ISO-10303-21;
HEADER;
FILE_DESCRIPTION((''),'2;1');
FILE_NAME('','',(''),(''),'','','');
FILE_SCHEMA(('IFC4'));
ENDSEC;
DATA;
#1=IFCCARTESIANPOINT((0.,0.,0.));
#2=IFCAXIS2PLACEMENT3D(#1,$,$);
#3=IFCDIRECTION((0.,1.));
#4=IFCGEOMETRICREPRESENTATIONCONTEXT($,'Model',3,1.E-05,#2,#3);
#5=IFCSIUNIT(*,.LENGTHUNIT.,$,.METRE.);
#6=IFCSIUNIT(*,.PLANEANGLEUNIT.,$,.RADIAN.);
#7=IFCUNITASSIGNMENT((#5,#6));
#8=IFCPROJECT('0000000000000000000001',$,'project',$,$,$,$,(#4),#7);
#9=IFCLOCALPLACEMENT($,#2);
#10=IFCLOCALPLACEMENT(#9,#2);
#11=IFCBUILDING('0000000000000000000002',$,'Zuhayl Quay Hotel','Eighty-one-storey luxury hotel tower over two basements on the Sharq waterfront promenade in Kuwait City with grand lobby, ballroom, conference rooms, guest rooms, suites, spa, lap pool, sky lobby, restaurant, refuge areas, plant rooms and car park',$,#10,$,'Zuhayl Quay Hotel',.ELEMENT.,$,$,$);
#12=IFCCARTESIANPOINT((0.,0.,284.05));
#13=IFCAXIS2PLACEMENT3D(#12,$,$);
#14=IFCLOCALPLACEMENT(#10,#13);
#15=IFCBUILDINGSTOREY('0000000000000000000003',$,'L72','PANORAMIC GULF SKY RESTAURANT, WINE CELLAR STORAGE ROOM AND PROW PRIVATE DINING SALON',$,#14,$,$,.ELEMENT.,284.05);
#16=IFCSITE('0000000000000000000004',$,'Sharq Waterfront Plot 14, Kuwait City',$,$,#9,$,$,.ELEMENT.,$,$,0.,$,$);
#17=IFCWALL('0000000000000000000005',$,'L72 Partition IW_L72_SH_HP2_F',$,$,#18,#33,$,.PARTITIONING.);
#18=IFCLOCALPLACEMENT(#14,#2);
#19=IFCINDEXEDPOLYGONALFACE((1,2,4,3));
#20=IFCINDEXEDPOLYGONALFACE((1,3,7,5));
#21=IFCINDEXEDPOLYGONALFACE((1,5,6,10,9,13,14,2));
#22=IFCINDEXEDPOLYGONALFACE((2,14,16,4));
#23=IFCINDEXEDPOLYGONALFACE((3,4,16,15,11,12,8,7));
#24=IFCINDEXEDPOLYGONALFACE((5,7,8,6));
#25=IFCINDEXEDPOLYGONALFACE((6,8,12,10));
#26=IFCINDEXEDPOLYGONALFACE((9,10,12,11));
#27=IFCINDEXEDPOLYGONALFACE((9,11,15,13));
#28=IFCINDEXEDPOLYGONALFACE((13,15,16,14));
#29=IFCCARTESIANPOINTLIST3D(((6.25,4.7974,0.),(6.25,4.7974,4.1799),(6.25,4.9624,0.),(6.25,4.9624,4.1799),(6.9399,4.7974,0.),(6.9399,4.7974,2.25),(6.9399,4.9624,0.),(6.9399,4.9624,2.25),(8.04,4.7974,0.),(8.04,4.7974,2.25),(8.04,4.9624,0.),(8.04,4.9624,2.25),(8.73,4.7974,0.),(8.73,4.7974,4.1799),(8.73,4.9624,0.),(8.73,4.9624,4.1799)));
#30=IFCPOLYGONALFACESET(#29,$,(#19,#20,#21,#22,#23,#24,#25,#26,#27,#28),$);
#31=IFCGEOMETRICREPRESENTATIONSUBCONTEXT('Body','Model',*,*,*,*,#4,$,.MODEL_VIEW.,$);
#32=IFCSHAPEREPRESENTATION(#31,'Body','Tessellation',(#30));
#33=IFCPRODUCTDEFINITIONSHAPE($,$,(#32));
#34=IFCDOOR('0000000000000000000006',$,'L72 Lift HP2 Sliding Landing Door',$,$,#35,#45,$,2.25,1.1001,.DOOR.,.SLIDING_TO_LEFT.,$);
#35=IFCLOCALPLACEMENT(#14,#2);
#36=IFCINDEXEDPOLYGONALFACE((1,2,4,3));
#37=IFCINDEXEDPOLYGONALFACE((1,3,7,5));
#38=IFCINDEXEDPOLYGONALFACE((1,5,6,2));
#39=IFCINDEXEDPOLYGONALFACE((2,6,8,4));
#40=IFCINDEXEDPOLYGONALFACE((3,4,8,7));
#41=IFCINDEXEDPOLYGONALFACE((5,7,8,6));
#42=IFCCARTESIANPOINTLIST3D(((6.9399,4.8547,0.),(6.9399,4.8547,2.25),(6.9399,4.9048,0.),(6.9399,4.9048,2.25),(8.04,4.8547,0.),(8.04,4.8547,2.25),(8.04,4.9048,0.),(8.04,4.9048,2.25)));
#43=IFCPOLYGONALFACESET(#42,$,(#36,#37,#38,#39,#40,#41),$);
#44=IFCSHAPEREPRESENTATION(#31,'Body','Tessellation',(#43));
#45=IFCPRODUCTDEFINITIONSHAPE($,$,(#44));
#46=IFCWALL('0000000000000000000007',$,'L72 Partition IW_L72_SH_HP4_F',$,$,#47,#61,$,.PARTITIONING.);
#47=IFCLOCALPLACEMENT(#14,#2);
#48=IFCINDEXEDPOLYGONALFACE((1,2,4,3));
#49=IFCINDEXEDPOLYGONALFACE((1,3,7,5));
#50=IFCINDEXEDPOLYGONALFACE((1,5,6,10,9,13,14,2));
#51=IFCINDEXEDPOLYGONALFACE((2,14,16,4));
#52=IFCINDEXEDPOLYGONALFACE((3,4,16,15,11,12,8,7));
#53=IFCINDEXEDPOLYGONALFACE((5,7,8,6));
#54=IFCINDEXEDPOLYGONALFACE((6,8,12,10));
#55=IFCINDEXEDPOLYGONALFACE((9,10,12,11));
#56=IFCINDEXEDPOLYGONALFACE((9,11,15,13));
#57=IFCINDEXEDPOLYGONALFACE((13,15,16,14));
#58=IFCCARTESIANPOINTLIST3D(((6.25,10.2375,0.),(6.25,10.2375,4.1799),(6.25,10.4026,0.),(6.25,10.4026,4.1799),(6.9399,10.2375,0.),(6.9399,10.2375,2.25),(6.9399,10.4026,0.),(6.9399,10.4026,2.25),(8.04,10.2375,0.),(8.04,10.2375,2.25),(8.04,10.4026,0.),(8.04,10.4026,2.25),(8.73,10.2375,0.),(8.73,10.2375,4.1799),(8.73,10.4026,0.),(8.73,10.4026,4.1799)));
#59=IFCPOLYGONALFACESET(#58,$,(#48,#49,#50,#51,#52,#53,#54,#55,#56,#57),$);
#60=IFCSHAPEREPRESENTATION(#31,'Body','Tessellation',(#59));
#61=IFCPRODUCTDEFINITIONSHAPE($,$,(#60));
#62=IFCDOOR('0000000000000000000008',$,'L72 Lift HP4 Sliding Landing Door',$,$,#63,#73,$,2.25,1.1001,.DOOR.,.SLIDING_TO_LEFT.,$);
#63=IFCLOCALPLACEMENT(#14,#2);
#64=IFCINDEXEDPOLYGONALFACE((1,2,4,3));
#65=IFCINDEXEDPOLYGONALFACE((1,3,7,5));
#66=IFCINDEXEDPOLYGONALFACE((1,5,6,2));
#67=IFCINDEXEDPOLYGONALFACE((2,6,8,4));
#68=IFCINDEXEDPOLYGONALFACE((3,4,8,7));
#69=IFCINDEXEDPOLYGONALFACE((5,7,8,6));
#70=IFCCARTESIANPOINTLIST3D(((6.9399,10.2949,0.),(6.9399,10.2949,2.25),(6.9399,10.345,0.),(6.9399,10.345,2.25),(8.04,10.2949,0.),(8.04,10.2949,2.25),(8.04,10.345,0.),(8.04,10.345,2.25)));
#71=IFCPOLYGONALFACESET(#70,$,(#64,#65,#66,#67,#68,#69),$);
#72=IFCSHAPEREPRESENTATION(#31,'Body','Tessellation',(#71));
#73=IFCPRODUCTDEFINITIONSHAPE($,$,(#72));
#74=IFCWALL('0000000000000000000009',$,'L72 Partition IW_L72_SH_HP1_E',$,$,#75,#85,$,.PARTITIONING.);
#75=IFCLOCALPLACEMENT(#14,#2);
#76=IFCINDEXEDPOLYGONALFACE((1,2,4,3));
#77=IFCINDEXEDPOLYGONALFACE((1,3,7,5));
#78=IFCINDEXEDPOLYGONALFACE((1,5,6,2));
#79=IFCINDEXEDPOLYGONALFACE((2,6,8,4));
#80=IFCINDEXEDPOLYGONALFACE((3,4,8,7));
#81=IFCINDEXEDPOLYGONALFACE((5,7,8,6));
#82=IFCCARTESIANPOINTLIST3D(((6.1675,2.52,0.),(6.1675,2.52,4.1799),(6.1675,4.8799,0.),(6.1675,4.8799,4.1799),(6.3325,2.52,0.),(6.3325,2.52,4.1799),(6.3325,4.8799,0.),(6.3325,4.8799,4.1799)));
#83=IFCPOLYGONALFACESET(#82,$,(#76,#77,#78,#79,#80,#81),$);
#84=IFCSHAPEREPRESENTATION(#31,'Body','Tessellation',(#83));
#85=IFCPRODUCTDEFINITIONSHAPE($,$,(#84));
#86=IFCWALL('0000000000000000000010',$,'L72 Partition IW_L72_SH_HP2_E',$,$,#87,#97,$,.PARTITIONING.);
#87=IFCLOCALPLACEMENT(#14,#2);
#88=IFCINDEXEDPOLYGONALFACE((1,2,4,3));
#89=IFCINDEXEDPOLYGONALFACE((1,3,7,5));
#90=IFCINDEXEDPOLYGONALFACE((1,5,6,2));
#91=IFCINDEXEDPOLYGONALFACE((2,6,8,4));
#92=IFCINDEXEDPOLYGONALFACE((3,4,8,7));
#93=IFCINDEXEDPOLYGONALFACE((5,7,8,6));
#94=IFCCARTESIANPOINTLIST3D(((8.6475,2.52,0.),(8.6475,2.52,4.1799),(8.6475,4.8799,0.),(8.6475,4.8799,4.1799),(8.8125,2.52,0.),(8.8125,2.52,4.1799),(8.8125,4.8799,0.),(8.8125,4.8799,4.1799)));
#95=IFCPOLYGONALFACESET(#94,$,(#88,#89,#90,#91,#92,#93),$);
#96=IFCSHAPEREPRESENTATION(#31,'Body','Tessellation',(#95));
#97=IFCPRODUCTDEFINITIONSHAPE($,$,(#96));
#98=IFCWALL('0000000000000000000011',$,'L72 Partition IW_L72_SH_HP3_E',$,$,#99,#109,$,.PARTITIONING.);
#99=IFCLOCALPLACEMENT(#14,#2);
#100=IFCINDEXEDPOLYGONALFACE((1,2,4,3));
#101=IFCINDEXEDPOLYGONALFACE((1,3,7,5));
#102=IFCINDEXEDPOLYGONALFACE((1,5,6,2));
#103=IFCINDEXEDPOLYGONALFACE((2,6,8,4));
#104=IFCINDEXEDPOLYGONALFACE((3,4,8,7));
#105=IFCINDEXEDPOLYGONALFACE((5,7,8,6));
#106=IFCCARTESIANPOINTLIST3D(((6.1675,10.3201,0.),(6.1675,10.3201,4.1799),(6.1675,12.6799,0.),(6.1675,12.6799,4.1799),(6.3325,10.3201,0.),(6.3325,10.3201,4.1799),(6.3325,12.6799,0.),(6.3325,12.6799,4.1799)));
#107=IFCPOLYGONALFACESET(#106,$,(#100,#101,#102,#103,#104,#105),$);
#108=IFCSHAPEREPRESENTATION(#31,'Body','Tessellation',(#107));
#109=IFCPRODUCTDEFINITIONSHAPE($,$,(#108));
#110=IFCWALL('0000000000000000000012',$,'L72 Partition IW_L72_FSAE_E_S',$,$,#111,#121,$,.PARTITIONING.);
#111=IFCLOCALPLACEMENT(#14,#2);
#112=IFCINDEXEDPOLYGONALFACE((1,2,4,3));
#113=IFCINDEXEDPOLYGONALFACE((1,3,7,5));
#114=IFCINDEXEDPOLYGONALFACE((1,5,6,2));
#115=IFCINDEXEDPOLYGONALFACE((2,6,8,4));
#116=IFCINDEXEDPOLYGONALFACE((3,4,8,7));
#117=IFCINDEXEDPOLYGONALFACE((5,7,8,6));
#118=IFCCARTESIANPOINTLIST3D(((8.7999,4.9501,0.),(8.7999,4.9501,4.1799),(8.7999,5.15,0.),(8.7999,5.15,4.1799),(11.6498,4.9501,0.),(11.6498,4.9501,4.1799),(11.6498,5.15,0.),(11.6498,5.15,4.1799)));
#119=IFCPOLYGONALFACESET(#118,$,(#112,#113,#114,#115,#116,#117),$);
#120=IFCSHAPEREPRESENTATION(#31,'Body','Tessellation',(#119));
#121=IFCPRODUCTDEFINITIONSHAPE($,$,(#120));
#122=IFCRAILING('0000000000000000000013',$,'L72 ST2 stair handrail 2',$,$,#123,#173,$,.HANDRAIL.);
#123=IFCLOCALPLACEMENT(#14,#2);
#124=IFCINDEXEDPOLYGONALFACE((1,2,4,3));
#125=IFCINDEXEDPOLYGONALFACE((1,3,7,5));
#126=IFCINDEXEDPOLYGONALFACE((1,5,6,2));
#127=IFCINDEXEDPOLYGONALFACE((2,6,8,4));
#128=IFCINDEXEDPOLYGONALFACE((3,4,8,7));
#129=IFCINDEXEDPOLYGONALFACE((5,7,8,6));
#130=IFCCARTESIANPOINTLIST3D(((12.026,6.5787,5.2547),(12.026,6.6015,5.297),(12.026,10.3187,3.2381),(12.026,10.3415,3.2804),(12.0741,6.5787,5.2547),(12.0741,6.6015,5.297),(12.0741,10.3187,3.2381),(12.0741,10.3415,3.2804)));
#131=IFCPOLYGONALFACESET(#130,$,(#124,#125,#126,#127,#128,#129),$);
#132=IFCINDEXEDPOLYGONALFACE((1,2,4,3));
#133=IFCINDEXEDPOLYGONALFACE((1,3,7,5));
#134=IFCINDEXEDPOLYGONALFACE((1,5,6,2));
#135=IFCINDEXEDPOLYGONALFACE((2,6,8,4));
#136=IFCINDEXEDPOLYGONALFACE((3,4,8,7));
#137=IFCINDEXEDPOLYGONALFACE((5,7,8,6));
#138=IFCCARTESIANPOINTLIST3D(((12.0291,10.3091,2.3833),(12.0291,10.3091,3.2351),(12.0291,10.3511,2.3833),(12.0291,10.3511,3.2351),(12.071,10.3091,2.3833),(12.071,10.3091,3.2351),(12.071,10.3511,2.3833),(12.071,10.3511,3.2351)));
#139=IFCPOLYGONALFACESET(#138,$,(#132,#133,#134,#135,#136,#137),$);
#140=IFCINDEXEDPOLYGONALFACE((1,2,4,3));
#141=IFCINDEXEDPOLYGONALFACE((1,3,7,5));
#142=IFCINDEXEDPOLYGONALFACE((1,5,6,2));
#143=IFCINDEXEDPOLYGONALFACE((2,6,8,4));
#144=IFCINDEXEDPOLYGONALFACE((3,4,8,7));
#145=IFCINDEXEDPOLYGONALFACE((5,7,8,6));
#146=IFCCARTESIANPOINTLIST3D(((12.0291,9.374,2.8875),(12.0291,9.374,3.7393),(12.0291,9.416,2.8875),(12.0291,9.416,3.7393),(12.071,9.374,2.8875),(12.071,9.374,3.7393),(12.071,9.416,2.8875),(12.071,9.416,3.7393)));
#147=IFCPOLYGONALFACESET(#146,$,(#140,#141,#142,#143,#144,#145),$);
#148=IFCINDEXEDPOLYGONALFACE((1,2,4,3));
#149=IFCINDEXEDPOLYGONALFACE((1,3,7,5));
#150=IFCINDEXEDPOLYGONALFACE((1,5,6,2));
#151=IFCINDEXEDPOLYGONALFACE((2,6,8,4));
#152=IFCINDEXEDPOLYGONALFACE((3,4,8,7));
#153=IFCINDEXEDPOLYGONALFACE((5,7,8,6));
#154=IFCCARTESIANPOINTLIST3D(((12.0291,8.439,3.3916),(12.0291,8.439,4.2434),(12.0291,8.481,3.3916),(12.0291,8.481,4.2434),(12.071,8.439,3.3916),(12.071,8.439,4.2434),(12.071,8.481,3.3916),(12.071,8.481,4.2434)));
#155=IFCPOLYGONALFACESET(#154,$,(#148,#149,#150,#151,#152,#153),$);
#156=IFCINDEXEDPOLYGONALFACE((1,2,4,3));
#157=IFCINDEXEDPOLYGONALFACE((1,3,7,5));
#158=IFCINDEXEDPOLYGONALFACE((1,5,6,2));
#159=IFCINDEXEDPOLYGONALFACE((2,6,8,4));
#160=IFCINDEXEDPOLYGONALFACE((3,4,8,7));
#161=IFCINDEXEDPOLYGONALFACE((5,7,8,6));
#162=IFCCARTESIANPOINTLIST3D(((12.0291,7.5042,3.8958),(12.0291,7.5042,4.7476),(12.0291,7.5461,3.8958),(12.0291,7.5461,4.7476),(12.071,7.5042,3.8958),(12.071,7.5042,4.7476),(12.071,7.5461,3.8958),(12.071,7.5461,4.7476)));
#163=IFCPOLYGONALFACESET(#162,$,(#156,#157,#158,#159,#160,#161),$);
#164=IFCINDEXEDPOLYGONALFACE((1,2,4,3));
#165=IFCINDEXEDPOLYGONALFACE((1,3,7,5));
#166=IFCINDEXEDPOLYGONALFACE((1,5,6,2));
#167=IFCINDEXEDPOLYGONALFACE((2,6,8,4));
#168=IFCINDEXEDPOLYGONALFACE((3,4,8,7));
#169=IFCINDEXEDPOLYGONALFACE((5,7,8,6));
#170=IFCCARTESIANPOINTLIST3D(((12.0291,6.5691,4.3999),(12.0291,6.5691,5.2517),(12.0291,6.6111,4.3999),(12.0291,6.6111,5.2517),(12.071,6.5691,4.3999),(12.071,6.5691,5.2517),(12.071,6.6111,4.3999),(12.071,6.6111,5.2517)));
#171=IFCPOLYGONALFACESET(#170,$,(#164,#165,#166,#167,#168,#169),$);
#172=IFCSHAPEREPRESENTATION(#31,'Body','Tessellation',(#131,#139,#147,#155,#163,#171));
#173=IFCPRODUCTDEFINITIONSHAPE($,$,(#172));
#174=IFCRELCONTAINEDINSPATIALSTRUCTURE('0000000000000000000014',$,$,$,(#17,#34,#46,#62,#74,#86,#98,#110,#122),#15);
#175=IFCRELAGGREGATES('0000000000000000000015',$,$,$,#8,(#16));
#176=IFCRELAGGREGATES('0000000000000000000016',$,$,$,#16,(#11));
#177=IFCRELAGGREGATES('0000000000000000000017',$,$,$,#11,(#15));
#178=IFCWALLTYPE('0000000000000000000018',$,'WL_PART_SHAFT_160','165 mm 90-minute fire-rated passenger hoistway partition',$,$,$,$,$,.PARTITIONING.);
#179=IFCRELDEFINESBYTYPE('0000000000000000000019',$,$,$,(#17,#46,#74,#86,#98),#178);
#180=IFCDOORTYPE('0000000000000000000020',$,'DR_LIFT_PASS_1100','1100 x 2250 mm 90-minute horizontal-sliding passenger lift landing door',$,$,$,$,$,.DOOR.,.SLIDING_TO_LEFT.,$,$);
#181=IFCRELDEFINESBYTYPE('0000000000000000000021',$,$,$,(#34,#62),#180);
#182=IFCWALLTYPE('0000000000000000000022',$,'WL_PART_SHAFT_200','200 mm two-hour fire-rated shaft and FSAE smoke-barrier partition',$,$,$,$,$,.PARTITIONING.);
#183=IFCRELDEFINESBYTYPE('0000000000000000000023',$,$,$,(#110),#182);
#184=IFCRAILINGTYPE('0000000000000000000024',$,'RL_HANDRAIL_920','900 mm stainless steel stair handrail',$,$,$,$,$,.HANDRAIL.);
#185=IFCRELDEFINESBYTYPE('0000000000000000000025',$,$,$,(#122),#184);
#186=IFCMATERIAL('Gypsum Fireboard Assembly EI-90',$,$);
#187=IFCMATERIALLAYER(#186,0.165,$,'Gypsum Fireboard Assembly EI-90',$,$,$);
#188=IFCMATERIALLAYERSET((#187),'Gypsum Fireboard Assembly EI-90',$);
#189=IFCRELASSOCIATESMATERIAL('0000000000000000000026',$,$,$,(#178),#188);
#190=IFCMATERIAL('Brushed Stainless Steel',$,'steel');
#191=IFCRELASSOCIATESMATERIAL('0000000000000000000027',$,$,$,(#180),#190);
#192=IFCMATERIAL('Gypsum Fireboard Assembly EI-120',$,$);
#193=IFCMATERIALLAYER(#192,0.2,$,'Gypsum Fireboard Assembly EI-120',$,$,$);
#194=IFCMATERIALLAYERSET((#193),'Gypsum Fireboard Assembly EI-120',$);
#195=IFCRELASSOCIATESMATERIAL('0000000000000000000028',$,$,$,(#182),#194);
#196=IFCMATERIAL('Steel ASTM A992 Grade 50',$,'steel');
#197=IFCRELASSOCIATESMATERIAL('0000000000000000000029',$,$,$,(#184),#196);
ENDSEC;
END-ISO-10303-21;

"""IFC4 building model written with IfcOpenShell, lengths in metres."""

from ifc_helpers import new_model, si_unit, direction, frame, frame_2d, origin, origin_2d, place, context, subcontext, project, spatial, rectangle, extrude, material, layer, layer_set, type_object, element, fill, save


model = new_model("IFC4")

# Units and contexts
model_context = context("Model", 3, precision=1e-05, world=origin(), true_north=direction((0.0, 1.0)))
body_context = subcontext(model_context, "Body", "Model", "MODEL_VIEW")
ifc_project = project(units=[si_unit("LENGTHUNIT", "METRE"), si_unit("PLANEANGLEUNIT", "RADIAN")], contexts=[model_context])

# Site, building, storey
site_placement = place(None, origin())
site = spatial("IfcSite", under=ifc_project, at=site_placement, Name="Sharq Waterfront Plot 14, Kuwait City", CompositionType="ELEMENT", RefElevation=0.0)
building_placement = place(site_placement, origin())
building = spatial("IfcBuilding", under=site, at=building_placement, Name="Zuhayl Quay Hotel", Description="Eighty-one-storey luxury hotel tower over two basements on the Sharq waterfront promenade in Kuwait City with grand lobby, ballroom, conference rooms, guest rooms, suites, spa, lap pool, sky lobby, restaurant, refuge areas, plant rooms and car park", LongName="Zuhayl Quay Hotel", CompositionType="ELEMENT")
storey_placement = place(building_placement, frame((0.0, 0.0, 284.05)))
storey = spatial("IfcBuildingStorey", under=building, at=storey_placement, Name="L72", Description="PANORAMIC GULF SKY RESTAURANT, WINE CELLAR STORAGE ROOM AND PROW PRIVATE DINING SALON", CompositionType="ELEMENT", Elevation=284.05)

# Shared definitions
ifc_material_1 = material(Name="Steel ASTM A992 Grade 50", Category="steel")

# Walls, openings, doors
ifc_material_2 = material(Name="Gypsum Fireboard Assembly EI-90")
ifc_layer_1 = layer(ifc_material_2, 0.165, Name="Gypsum Fireboard Assembly EI-90")
ifc_layer_set_1 = layer_set([ifc_layer_1], Name="Gypsum Fireboard Assembly EI-90")
wall_type_1 = type_object("IfcWallType", Name="WL_PART_SHAFT_160", Description="165 mm 90-minute fire-rated passenger hoistway partition", PredefinedType="PARTITIONING", material=ifc_layer_set_1)
ifc_material_3 = material(Name="Brushed Stainless Steel", Category="steel")
wall_1_placement = place(storey_placement, frame((6.25, 4.8799, 0.0), z_axis=(0.0, 0.0, 1.0), x_axis=(1.0, 0.0, 0.0)))
wall_1 = element("IfcWall", 1, at=wall_1_placement, inside=storey, type_object=wall_type_1, Name="L72 Partition IW_L72_SH_HP2_F", PredefinedType="PARTITIONING", context=body_context, shape_type="SweptSolid", body=[
    extrude(rectangle(XDim=2.48, YDim=0.165, at=frame_2d((1.24, 0.0))), origin(), (0.0, 0.0, 1.0), 4.1799),
])
opening_1_placement = place(wall_1_placement, frame((0.6899, 0.0, 0.0)))
opening_1 = element("IfcOpeningElement", 2, at=opening_1_placement, cuts=wall_1, PredefinedType="OPENING", context=body_context, shape_type="SweptSolid", body=[
    extrude(rectangle(XDim=1.1001, YDim=2.25, at=frame_2d((0.55, 1.125))), frame((0.0, 0.0925, 0.0), z_axis=(0.0, -1.0, 0.0), x_axis=(1.0, 0.0, 0.0)), (0.0, 0.0, 1.0), 0.1851),
])
door_type_1 = type_object("IfcDoorType", Name="DR_LIFT_PASS_1100", Description="1100 x 2250 mm 90-minute horizontal-sliding passenger lift landing door", OperationType="SLIDING_TO_LEFT", PredefinedType="DOOR", material=ifc_material_3)
door_1_placement = place(opening_1_placement, origin())
door_1 = element("IfcDoor", 3, at=door_1_placement, inside=storey, type_object=door_type_1, Name="L72 Lift HP2 Sliding Landing Door", OperationType="SLIDING_TO_LEFT", OverallHeight=2.25, OverallWidth=1.1001, PredefinedType="DOOR", context=body_context, shape_type="SweptSolid", body=[
    extrude(rectangle(XDim=1.1001, YDim=2.25, at=frame_2d((0.55, 1.125))), frame((0.0, 0.0249, 0.0), z_axis=(0.0, -1.0, 0.0), x_axis=(1.0, 0.0, 0.0)), (0.0, 0.0, 1.0), 0.05),
])
fill(opening_1, door_1)
wall_2_placement = place(storey_placement, frame((6.25, 10.3201, 0.0), z_axis=(0.0, 0.0, 1.0), x_axis=(1.0, 0.0, 0.0)))
wall_2 = element("IfcWall", 4, at=wall_2_placement, inside=storey, type_object=wall_type_1, Name="L72 Partition IW_L72_SH_HP4_F", PredefinedType="PARTITIONING", context=body_context, shape_type="SweptSolid", body=[
    extrude(rectangle(XDim=2.48, YDim=0.165, at=frame_2d((1.24, 0.0))), origin(), (0.0, 0.0, 1.0), 4.1799),
])
opening_2_placement = place(wall_2_placement, frame((0.6899, 0.0, 0.0)))
opening_2 = element("IfcOpeningElement", 5, at=opening_2_placement, cuts=wall_2, PredefinedType="OPENING", context=body_context, shape_type="SweptSolid", body=[
    extrude(rectangle(XDim=1.1001, YDim=2.25, at=frame_2d((0.55, 1.125))), frame((0.0, 0.0925, 0.0), z_axis=(0.0, -1.0, 0.0), x_axis=(1.0, 0.0, 0.0)), (0.0, 0.0, 1.0), 0.1851),
])
door_2_placement = place(opening_2_placement, origin())
door_2 = element("IfcDoor", 6, at=door_2_placement, inside=storey, type_object=door_type_1, Name="L72 Lift HP4 Sliding Landing Door", OperationType="SLIDING_TO_LEFT", OverallHeight=2.25, OverallWidth=1.1001, PredefinedType="DOOR", context=body_context, shape_type="SweptSolid", body=[
    extrude(rectangle(XDim=1.1001, YDim=2.25, at=frame_2d((0.55, 1.125))), frame((0.0, 0.0249, 0.0), z_axis=(0.0, -1.0, 0.0), x_axis=(1.0, 0.0, 0.0)), (0.0, 0.0, 1.0), 0.05),
])
fill(opening_2, door_2)

# Walls
for number, where, z_axis, x_axis, name in (
    (7, (6.25, 2.52, 0.0), (0.0, 0.0, 1.0), (0.0, 1.0, 0.0), "L72 Partition IW_L72_SH_HP1_E"),
    (8, (8.73, 2.52, 0.0), (0.0, 0.0, 1.0), (0.0, 1.0, 0.0), "L72 Partition IW_L72_SH_HP2_E"),
    (9, (6.25, 10.3201, 0.0), (0.0, 0.0, 1.0), (0.0, 1.0, 0.0), "L72 Partition IW_L72_SH_HP3_E"),
):
    element("IfcWall", number, at=place(storey_placement, frame(where, z_axis=z_axis, x_axis=x_axis)), inside=storey, type_object=wall_type_1, Name=name, PredefinedType="PARTITIONING", context=body_context, shape_type="SweptSolid", body=[
        extrude(rectangle(XDim=2.3599, YDim=0.165, at=frame_2d((1.1799, 0.0))), origin(), (0.0, 0.0, 1.0), 4.1799),
    ])
ifc_material_4 = material(Name="Gypsum Fireboard Assembly EI-120")
ifc_layer_2 = layer(ifc_material_4, 0.2, Name="Gypsum Fireboard Assembly EI-120")
ifc_layer_set_2 = layer_set([ifc_layer_2], Name="Gypsum Fireboard Assembly EI-120")
wall_type_2 = type_object("IfcWallType", Name="WL_PART_SHAFT_200", Description="200 mm two-hour fire-rated shaft and FSAE smoke-barrier partition", PredefinedType="PARTITIONING", material=ifc_layer_set_2)
wall_3_placement = place(storey_placement, frame((8.8, 5.05, 0.0), z_axis=(0.0, 0.0, 1.0), x_axis=(1.0, 0.0, 0.0)))
element("IfcWall", 10, at=wall_3_placement, inside=storey, type_object=wall_type_2, Name="L72 Partition IW_L72_FSAE_E_S", PredefinedType="PARTITIONING", context=body_context, shape_type="SweptSolid", body=[
    extrude(rectangle(XDim=2.8499, YDim=0.2, at=frame_2d((1.4248, 0.0))), origin(), (0.0, 0.0, 1.0), 4.1799),
])

# Railing
railing_type = type_object("IfcRailingType", Name="RL_HANDRAIL_920", Description="900 mm stainless steel stair handrail", PredefinedType="HANDRAIL", material=ifc_material_1)
railing_placement = place(storey_placement, frame((12.05, 10.3301, 2.3833)))
element("IfcRailing", 11, at=railing_placement, inside=storey, type_object=railing_type, Name="L72 ST2 stair handrail 2", PredefinedType="HANDRAIL", context=body_context, shape_type="SweptSolid", body=[
    extrude(rectangle(XDim=0.0481, YDim=0.0481, at=origin_2d()), frame((0.0, 0.0, 0.876), z_axis=(0.0, -0.8802, 0.474603), x_axis=(1.0, 0.0, 0.0)), (0.0, 0.0, 1.0), 4.249),
    extrude(rectangle(XDim=0.042, YDim=0.042, at=origin_2d()), origin(), (0.0, 0.0, 1.0), 0.8518),
    extrude(rectangle(XDim=0.042, YDim=0.042, at=origin_2d()), frame((0.0, -0.9351, 0.5042)), (0.0, 0.0, 1.0), 0.8518),
    extrude(rectangle(XDim=0.042, YDim=0.042, at=origin_2d()), frame((0.0, -1.8701, 1.0083)), (0.0, 0.0, 1.0), 0.8518),
    extrude(rectangle(XDim=0.042, YDim=0.042, at=origin_2d()), frame((0.0, -2.8049, 1.5125)), (0.0, 0.0, 1.0), 0.8518),
    extrude(rectangle(XDim=0.042, YDim=0.042, at=origin_2d()), frame((0.0, -3.74, 2.0166)), (0.0, 0.0, 1.0), 0.8518),
])

save(model, "model.ifc")
